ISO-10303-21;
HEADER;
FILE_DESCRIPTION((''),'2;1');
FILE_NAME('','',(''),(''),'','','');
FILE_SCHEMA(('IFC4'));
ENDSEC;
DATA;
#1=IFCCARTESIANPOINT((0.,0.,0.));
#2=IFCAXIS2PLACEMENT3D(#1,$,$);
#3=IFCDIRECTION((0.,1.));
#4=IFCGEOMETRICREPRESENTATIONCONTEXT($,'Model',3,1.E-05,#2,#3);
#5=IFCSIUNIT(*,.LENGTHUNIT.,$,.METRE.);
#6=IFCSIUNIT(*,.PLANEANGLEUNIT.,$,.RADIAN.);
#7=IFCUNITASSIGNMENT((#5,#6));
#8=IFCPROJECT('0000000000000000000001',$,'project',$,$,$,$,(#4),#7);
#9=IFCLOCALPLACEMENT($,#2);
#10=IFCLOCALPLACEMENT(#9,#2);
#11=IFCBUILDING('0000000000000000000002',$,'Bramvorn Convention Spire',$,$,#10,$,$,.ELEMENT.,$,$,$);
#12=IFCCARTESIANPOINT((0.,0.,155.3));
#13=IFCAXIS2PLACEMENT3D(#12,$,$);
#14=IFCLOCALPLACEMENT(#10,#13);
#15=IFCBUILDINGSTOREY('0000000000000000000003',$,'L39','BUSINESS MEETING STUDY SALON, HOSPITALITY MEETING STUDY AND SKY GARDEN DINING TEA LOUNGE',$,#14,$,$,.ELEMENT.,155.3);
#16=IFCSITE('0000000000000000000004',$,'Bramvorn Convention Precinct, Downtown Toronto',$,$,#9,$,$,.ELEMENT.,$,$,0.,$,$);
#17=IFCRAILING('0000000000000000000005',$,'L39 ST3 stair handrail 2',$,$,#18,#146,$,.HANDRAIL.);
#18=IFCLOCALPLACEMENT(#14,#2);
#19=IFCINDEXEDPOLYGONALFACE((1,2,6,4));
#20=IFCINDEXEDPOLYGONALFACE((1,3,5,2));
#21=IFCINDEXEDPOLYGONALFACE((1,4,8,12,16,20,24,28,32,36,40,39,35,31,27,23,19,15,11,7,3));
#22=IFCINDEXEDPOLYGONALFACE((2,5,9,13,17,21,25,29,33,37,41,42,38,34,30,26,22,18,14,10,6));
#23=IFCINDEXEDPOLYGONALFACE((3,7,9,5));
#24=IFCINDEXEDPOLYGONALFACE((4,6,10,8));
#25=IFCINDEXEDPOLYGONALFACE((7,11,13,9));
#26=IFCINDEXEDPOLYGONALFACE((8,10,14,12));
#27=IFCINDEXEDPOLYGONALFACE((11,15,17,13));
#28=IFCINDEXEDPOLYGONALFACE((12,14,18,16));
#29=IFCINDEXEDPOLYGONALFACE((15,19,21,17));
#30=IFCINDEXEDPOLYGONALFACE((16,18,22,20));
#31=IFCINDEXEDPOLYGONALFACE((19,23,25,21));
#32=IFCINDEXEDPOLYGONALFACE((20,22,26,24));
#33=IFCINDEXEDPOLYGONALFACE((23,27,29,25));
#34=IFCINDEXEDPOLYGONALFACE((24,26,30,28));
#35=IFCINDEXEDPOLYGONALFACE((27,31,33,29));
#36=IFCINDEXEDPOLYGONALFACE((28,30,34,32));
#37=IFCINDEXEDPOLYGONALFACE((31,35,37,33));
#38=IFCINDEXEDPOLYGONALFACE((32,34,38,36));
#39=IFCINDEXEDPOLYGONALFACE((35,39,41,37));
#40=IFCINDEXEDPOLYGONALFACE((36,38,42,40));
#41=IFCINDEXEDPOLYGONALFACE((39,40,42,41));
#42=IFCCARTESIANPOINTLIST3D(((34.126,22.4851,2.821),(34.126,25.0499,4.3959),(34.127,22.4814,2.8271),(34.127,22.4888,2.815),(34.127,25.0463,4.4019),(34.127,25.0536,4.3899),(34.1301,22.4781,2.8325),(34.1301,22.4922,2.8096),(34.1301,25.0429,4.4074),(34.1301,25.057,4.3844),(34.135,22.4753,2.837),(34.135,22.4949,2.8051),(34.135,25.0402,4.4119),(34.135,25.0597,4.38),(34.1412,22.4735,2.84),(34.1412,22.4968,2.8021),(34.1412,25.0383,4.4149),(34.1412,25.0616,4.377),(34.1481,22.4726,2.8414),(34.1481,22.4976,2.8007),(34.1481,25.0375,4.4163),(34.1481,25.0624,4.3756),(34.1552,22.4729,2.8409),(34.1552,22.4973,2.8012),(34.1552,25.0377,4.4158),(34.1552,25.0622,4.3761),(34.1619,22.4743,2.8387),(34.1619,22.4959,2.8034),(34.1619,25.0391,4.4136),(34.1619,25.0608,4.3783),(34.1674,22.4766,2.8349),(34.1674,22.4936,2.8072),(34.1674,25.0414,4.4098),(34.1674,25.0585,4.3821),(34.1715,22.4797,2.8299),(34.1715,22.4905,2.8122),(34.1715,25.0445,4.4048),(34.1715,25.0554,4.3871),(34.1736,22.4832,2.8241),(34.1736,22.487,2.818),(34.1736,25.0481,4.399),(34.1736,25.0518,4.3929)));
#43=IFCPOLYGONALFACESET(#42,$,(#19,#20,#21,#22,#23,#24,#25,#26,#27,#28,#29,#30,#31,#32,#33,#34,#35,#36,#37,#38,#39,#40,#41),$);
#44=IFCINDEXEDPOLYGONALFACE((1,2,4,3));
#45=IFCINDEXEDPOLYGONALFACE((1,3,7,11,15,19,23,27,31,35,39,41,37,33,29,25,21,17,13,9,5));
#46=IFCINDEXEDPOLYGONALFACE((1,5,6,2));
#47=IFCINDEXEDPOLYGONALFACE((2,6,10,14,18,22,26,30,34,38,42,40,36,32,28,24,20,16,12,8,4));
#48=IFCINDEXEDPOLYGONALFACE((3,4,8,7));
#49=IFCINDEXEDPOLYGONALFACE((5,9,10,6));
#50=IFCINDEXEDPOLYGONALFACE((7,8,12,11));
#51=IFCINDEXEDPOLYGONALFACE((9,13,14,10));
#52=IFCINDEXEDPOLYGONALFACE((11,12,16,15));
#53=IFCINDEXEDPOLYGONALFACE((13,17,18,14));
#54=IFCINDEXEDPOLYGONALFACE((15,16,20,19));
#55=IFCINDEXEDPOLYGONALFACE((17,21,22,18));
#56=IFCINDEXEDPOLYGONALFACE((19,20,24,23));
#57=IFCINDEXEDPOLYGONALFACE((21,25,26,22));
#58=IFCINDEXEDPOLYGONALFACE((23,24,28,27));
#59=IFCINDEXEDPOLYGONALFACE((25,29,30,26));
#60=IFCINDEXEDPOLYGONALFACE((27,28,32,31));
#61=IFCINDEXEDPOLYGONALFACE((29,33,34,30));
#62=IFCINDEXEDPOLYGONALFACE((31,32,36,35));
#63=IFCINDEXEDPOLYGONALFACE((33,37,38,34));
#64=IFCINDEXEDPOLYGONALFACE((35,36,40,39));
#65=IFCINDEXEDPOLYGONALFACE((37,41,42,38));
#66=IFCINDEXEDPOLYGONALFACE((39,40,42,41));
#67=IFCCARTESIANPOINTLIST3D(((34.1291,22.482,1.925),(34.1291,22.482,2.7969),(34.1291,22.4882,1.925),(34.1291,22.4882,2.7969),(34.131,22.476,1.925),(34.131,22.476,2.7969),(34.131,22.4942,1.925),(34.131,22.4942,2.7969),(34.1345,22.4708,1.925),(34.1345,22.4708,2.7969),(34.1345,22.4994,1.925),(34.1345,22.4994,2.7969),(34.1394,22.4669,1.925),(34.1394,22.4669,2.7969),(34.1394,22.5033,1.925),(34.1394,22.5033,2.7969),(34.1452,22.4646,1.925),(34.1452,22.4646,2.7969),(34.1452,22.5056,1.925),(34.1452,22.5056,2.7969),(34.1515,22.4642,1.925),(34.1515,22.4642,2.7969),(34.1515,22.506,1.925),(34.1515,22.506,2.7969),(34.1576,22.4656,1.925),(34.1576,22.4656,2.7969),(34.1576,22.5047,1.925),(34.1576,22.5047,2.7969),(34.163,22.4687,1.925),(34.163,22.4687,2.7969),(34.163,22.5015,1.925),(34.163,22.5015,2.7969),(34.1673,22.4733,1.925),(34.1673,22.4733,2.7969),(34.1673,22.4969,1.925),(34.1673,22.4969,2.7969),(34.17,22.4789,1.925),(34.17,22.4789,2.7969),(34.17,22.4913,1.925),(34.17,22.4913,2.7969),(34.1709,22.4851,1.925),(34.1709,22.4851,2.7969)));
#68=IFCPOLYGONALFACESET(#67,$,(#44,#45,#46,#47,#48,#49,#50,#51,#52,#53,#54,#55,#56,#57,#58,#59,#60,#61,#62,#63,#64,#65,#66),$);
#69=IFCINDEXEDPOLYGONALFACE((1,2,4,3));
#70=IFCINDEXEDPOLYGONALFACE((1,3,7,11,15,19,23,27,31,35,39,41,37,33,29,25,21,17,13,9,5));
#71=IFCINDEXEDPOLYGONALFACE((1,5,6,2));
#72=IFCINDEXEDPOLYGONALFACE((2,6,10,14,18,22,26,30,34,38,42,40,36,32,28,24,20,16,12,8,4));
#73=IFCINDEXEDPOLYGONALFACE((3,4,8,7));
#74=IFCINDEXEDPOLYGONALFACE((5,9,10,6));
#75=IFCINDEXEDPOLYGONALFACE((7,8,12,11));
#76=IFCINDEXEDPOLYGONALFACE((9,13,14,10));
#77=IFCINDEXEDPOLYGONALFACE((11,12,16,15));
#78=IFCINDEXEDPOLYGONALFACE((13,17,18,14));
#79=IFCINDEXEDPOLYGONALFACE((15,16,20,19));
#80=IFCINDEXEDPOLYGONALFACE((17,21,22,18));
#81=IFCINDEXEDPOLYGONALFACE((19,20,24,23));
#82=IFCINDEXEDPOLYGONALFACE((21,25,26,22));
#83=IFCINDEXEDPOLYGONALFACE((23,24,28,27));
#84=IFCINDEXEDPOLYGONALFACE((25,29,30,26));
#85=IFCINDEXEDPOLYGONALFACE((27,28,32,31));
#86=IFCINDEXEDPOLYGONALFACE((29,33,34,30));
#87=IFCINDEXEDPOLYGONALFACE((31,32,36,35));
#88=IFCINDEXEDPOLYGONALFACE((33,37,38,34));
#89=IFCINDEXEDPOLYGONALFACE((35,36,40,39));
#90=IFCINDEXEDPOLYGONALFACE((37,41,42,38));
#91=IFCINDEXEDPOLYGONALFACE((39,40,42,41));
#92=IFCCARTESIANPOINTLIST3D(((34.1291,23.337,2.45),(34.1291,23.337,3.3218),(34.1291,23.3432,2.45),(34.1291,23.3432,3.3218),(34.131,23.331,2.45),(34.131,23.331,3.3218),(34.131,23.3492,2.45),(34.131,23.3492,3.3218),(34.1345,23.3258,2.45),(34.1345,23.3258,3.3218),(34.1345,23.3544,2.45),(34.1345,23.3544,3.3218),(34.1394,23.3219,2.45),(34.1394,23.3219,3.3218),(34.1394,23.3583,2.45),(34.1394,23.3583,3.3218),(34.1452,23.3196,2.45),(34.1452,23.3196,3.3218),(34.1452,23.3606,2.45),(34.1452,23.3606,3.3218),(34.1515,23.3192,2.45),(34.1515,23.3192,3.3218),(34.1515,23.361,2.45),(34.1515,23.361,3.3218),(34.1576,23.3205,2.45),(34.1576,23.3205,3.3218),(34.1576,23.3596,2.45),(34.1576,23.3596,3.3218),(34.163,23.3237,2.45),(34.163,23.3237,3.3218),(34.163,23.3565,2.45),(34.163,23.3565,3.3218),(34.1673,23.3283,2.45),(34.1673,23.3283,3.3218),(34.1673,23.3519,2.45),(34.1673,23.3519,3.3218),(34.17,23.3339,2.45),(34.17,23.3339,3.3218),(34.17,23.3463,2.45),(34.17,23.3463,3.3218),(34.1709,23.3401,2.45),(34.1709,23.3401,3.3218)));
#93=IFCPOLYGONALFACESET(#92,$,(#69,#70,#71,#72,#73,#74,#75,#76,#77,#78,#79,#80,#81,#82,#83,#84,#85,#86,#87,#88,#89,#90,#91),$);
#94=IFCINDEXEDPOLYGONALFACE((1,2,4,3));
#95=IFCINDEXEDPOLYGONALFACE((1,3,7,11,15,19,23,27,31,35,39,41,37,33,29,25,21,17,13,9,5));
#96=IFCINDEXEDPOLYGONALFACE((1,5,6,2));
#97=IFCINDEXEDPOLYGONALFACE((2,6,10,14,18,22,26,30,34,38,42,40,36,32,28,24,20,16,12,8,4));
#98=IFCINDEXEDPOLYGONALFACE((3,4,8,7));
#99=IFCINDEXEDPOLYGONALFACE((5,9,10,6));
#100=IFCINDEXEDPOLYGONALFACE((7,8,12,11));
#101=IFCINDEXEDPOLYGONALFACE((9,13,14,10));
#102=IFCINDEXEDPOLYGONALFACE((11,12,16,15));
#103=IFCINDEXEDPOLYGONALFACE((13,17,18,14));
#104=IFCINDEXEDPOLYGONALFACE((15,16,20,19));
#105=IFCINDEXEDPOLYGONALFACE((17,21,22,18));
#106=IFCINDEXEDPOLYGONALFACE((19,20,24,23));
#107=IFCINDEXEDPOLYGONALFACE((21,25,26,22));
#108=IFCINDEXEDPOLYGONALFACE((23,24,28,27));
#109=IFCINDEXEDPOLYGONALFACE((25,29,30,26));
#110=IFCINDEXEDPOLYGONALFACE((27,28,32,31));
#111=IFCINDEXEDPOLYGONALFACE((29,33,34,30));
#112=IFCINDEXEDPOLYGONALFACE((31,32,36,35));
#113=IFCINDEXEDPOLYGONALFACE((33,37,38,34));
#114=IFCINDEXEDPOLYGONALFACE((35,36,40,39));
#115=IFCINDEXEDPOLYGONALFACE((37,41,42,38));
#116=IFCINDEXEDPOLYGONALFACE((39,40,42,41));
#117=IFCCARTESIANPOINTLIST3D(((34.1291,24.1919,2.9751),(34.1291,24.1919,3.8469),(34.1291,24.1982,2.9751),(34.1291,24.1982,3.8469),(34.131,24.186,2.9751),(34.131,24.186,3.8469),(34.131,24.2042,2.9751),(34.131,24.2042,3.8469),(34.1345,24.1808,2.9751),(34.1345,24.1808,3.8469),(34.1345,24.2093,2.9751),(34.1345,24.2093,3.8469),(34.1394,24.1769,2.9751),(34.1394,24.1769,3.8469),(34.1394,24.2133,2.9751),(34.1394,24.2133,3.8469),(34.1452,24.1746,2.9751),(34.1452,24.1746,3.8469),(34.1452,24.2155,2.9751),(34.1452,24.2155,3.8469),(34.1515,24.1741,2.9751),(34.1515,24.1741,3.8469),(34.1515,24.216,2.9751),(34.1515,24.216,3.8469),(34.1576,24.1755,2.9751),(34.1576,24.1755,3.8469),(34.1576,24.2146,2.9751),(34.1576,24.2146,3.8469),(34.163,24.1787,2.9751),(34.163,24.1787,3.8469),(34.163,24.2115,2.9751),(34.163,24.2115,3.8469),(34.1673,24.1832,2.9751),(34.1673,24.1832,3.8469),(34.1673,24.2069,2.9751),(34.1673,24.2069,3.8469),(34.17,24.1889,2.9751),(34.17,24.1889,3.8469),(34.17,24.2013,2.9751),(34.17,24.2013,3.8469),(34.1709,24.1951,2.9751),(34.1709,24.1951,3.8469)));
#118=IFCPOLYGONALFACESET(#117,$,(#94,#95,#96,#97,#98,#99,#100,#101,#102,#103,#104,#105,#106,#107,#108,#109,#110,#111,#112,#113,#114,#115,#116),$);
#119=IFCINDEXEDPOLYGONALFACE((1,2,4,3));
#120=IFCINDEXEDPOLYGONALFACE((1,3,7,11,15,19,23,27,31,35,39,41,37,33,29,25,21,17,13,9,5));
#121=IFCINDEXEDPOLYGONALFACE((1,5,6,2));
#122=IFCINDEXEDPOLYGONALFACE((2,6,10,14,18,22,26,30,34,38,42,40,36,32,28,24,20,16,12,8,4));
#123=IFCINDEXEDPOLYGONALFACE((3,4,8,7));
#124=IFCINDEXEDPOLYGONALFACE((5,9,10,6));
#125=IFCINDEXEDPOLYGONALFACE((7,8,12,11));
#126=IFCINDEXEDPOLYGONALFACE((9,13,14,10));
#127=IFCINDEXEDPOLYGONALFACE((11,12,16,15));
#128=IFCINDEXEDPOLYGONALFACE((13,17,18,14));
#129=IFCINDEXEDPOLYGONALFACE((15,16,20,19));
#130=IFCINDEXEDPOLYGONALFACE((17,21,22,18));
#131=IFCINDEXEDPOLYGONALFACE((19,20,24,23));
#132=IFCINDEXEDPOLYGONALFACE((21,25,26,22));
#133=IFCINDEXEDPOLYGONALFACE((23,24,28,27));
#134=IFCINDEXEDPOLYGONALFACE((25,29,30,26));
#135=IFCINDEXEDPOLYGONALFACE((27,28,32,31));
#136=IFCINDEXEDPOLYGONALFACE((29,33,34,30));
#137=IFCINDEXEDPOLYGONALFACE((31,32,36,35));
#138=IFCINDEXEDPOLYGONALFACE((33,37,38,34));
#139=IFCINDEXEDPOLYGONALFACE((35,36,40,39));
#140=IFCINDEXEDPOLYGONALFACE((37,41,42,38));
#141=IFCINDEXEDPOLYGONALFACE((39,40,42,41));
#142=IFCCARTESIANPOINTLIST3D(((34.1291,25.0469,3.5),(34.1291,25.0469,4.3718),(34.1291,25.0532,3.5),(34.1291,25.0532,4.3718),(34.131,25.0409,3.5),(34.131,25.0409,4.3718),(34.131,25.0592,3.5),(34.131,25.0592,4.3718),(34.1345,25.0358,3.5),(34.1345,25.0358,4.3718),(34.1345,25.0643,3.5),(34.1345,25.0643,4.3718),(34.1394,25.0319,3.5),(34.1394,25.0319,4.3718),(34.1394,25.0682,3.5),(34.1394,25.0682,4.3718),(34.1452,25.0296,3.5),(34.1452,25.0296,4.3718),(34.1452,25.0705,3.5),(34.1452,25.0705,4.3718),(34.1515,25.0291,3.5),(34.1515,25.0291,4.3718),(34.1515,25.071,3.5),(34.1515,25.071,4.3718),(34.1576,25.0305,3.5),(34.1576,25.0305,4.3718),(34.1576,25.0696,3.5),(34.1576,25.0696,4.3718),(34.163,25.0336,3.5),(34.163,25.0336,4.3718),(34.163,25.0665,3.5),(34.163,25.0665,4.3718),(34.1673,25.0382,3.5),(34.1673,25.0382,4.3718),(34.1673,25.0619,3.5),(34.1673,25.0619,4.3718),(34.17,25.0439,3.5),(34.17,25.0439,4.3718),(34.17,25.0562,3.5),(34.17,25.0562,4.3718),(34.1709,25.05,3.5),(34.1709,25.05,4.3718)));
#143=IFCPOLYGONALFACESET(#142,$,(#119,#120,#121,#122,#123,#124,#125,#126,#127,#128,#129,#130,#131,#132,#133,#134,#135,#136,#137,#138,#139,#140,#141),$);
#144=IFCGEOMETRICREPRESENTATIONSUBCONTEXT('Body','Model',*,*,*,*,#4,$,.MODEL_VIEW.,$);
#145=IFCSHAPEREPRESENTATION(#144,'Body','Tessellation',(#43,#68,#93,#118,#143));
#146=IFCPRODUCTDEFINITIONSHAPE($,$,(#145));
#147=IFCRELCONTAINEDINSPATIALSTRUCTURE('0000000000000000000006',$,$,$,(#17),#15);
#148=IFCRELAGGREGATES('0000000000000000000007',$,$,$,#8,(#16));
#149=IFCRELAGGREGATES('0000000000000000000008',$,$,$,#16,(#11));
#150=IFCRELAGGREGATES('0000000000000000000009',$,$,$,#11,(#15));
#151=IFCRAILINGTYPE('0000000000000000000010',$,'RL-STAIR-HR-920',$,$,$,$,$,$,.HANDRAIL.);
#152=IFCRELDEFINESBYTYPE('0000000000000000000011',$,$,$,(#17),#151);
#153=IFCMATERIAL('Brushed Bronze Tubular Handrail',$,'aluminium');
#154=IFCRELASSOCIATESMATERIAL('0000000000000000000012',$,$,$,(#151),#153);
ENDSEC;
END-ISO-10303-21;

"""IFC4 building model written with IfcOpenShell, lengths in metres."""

from ifc_helpers import new_model, si_unit, direction, frame, origin, origin_2d, place, context, subcontext, project, spatial, circle, extrude, material, type_object, element, save


model = new_model("IFC4")

# Units and contexts
model_context = context("Model", 3, precision=1e-05, world=origin(), true_north=direction((0.0, 1.0)))
body_context = subcontext(model_context, "Body", "Model", "MODEL_VIEW")
ifc_project = project(units=[si_unit("LENGTHUNIT", "METRE"), si_unit("PLANEANGLEUNIT", "RADIAN")], contexts=[model_context])

# Site, building, storey
site_placement = place(None, origin())
site = spatial("IfcSite", under=ifc_project, at=site_placement, Name="Bramvorn Convention Precinct, Downtown Toronto", CompositionType="ELEMENT", RefElevation=0.0)
building_placement = place(site_placement, origin())
building = spatial("IfcBuilding", under=site, at=building_placement, Name="Bramvorn Convention Spire", CompositionType="ELEMENT")
storey_placement = place(building_placement, frame((0.0, 0.0, 155.3)))
storey = spatial("IfcBuildingStorey", under=building, at=storey_placement, Name="L39", Description="BUSINESS MEETING STUDY SALON, HOSPITALITY MEETING STUDY AND SKY GARDEN DINING TEA LOUNGE", CompositionType="ELEMENT", Elevation=155.3)

# Railing
ifc_material_1 = material(Name="Brushed Bronze Tubular Handrail", Category="aluminium")
railing_type_1 = type_object("IfcRailingType", Name="RL-STAIR-HR-920", PredefinedType="HANDRAIL", material=ifc_material_1)
railing_1_placement = place(storey_placement, frame((34.1499, 22.4851, 1.925)))
element("IfcRailing", 1, at=railing_1_placement, inside=storey, type_object=railing_type_1, Name="L39 ST3 stair handrail 2", PredefinedType="HANDRAIL", context=body_context, shape_type="SweptSolid", body=[
    extrude(circle(Radius=0.0239, at=origin_2d()), frame((0.0, 0.0, 0.896), z_axis=(0.0, 0.852173, 0.52326), x_axis=(-1.0, 0.0, 0.0)), (0.0, 0.0, 1.0), 3.0098),
    extrude(circle(Radius=0.021, at=origin_2d()), origin(), (0.0, 0.0, 1.0), 0.8718),
    extrude(circle(Radius=0.021, at=origin_2d()), frame((0.0, 0.855, 0.5249)), (0.0, 0.0, 1.0), 0.8718),
    extrude(circle(Radius=0.021, at=origin_2d()), frame((0.0, 1.71, 1.05)), (0.0, 0.0, 1.0), 0.8718),
    extrude(circle(Radius=0.021, at=origin_2d()), frame((0.0, 2.5649, 1.575)), (0.0, 0.0, 1.0), 0.8718),
])

save(model, "model.ifc")
